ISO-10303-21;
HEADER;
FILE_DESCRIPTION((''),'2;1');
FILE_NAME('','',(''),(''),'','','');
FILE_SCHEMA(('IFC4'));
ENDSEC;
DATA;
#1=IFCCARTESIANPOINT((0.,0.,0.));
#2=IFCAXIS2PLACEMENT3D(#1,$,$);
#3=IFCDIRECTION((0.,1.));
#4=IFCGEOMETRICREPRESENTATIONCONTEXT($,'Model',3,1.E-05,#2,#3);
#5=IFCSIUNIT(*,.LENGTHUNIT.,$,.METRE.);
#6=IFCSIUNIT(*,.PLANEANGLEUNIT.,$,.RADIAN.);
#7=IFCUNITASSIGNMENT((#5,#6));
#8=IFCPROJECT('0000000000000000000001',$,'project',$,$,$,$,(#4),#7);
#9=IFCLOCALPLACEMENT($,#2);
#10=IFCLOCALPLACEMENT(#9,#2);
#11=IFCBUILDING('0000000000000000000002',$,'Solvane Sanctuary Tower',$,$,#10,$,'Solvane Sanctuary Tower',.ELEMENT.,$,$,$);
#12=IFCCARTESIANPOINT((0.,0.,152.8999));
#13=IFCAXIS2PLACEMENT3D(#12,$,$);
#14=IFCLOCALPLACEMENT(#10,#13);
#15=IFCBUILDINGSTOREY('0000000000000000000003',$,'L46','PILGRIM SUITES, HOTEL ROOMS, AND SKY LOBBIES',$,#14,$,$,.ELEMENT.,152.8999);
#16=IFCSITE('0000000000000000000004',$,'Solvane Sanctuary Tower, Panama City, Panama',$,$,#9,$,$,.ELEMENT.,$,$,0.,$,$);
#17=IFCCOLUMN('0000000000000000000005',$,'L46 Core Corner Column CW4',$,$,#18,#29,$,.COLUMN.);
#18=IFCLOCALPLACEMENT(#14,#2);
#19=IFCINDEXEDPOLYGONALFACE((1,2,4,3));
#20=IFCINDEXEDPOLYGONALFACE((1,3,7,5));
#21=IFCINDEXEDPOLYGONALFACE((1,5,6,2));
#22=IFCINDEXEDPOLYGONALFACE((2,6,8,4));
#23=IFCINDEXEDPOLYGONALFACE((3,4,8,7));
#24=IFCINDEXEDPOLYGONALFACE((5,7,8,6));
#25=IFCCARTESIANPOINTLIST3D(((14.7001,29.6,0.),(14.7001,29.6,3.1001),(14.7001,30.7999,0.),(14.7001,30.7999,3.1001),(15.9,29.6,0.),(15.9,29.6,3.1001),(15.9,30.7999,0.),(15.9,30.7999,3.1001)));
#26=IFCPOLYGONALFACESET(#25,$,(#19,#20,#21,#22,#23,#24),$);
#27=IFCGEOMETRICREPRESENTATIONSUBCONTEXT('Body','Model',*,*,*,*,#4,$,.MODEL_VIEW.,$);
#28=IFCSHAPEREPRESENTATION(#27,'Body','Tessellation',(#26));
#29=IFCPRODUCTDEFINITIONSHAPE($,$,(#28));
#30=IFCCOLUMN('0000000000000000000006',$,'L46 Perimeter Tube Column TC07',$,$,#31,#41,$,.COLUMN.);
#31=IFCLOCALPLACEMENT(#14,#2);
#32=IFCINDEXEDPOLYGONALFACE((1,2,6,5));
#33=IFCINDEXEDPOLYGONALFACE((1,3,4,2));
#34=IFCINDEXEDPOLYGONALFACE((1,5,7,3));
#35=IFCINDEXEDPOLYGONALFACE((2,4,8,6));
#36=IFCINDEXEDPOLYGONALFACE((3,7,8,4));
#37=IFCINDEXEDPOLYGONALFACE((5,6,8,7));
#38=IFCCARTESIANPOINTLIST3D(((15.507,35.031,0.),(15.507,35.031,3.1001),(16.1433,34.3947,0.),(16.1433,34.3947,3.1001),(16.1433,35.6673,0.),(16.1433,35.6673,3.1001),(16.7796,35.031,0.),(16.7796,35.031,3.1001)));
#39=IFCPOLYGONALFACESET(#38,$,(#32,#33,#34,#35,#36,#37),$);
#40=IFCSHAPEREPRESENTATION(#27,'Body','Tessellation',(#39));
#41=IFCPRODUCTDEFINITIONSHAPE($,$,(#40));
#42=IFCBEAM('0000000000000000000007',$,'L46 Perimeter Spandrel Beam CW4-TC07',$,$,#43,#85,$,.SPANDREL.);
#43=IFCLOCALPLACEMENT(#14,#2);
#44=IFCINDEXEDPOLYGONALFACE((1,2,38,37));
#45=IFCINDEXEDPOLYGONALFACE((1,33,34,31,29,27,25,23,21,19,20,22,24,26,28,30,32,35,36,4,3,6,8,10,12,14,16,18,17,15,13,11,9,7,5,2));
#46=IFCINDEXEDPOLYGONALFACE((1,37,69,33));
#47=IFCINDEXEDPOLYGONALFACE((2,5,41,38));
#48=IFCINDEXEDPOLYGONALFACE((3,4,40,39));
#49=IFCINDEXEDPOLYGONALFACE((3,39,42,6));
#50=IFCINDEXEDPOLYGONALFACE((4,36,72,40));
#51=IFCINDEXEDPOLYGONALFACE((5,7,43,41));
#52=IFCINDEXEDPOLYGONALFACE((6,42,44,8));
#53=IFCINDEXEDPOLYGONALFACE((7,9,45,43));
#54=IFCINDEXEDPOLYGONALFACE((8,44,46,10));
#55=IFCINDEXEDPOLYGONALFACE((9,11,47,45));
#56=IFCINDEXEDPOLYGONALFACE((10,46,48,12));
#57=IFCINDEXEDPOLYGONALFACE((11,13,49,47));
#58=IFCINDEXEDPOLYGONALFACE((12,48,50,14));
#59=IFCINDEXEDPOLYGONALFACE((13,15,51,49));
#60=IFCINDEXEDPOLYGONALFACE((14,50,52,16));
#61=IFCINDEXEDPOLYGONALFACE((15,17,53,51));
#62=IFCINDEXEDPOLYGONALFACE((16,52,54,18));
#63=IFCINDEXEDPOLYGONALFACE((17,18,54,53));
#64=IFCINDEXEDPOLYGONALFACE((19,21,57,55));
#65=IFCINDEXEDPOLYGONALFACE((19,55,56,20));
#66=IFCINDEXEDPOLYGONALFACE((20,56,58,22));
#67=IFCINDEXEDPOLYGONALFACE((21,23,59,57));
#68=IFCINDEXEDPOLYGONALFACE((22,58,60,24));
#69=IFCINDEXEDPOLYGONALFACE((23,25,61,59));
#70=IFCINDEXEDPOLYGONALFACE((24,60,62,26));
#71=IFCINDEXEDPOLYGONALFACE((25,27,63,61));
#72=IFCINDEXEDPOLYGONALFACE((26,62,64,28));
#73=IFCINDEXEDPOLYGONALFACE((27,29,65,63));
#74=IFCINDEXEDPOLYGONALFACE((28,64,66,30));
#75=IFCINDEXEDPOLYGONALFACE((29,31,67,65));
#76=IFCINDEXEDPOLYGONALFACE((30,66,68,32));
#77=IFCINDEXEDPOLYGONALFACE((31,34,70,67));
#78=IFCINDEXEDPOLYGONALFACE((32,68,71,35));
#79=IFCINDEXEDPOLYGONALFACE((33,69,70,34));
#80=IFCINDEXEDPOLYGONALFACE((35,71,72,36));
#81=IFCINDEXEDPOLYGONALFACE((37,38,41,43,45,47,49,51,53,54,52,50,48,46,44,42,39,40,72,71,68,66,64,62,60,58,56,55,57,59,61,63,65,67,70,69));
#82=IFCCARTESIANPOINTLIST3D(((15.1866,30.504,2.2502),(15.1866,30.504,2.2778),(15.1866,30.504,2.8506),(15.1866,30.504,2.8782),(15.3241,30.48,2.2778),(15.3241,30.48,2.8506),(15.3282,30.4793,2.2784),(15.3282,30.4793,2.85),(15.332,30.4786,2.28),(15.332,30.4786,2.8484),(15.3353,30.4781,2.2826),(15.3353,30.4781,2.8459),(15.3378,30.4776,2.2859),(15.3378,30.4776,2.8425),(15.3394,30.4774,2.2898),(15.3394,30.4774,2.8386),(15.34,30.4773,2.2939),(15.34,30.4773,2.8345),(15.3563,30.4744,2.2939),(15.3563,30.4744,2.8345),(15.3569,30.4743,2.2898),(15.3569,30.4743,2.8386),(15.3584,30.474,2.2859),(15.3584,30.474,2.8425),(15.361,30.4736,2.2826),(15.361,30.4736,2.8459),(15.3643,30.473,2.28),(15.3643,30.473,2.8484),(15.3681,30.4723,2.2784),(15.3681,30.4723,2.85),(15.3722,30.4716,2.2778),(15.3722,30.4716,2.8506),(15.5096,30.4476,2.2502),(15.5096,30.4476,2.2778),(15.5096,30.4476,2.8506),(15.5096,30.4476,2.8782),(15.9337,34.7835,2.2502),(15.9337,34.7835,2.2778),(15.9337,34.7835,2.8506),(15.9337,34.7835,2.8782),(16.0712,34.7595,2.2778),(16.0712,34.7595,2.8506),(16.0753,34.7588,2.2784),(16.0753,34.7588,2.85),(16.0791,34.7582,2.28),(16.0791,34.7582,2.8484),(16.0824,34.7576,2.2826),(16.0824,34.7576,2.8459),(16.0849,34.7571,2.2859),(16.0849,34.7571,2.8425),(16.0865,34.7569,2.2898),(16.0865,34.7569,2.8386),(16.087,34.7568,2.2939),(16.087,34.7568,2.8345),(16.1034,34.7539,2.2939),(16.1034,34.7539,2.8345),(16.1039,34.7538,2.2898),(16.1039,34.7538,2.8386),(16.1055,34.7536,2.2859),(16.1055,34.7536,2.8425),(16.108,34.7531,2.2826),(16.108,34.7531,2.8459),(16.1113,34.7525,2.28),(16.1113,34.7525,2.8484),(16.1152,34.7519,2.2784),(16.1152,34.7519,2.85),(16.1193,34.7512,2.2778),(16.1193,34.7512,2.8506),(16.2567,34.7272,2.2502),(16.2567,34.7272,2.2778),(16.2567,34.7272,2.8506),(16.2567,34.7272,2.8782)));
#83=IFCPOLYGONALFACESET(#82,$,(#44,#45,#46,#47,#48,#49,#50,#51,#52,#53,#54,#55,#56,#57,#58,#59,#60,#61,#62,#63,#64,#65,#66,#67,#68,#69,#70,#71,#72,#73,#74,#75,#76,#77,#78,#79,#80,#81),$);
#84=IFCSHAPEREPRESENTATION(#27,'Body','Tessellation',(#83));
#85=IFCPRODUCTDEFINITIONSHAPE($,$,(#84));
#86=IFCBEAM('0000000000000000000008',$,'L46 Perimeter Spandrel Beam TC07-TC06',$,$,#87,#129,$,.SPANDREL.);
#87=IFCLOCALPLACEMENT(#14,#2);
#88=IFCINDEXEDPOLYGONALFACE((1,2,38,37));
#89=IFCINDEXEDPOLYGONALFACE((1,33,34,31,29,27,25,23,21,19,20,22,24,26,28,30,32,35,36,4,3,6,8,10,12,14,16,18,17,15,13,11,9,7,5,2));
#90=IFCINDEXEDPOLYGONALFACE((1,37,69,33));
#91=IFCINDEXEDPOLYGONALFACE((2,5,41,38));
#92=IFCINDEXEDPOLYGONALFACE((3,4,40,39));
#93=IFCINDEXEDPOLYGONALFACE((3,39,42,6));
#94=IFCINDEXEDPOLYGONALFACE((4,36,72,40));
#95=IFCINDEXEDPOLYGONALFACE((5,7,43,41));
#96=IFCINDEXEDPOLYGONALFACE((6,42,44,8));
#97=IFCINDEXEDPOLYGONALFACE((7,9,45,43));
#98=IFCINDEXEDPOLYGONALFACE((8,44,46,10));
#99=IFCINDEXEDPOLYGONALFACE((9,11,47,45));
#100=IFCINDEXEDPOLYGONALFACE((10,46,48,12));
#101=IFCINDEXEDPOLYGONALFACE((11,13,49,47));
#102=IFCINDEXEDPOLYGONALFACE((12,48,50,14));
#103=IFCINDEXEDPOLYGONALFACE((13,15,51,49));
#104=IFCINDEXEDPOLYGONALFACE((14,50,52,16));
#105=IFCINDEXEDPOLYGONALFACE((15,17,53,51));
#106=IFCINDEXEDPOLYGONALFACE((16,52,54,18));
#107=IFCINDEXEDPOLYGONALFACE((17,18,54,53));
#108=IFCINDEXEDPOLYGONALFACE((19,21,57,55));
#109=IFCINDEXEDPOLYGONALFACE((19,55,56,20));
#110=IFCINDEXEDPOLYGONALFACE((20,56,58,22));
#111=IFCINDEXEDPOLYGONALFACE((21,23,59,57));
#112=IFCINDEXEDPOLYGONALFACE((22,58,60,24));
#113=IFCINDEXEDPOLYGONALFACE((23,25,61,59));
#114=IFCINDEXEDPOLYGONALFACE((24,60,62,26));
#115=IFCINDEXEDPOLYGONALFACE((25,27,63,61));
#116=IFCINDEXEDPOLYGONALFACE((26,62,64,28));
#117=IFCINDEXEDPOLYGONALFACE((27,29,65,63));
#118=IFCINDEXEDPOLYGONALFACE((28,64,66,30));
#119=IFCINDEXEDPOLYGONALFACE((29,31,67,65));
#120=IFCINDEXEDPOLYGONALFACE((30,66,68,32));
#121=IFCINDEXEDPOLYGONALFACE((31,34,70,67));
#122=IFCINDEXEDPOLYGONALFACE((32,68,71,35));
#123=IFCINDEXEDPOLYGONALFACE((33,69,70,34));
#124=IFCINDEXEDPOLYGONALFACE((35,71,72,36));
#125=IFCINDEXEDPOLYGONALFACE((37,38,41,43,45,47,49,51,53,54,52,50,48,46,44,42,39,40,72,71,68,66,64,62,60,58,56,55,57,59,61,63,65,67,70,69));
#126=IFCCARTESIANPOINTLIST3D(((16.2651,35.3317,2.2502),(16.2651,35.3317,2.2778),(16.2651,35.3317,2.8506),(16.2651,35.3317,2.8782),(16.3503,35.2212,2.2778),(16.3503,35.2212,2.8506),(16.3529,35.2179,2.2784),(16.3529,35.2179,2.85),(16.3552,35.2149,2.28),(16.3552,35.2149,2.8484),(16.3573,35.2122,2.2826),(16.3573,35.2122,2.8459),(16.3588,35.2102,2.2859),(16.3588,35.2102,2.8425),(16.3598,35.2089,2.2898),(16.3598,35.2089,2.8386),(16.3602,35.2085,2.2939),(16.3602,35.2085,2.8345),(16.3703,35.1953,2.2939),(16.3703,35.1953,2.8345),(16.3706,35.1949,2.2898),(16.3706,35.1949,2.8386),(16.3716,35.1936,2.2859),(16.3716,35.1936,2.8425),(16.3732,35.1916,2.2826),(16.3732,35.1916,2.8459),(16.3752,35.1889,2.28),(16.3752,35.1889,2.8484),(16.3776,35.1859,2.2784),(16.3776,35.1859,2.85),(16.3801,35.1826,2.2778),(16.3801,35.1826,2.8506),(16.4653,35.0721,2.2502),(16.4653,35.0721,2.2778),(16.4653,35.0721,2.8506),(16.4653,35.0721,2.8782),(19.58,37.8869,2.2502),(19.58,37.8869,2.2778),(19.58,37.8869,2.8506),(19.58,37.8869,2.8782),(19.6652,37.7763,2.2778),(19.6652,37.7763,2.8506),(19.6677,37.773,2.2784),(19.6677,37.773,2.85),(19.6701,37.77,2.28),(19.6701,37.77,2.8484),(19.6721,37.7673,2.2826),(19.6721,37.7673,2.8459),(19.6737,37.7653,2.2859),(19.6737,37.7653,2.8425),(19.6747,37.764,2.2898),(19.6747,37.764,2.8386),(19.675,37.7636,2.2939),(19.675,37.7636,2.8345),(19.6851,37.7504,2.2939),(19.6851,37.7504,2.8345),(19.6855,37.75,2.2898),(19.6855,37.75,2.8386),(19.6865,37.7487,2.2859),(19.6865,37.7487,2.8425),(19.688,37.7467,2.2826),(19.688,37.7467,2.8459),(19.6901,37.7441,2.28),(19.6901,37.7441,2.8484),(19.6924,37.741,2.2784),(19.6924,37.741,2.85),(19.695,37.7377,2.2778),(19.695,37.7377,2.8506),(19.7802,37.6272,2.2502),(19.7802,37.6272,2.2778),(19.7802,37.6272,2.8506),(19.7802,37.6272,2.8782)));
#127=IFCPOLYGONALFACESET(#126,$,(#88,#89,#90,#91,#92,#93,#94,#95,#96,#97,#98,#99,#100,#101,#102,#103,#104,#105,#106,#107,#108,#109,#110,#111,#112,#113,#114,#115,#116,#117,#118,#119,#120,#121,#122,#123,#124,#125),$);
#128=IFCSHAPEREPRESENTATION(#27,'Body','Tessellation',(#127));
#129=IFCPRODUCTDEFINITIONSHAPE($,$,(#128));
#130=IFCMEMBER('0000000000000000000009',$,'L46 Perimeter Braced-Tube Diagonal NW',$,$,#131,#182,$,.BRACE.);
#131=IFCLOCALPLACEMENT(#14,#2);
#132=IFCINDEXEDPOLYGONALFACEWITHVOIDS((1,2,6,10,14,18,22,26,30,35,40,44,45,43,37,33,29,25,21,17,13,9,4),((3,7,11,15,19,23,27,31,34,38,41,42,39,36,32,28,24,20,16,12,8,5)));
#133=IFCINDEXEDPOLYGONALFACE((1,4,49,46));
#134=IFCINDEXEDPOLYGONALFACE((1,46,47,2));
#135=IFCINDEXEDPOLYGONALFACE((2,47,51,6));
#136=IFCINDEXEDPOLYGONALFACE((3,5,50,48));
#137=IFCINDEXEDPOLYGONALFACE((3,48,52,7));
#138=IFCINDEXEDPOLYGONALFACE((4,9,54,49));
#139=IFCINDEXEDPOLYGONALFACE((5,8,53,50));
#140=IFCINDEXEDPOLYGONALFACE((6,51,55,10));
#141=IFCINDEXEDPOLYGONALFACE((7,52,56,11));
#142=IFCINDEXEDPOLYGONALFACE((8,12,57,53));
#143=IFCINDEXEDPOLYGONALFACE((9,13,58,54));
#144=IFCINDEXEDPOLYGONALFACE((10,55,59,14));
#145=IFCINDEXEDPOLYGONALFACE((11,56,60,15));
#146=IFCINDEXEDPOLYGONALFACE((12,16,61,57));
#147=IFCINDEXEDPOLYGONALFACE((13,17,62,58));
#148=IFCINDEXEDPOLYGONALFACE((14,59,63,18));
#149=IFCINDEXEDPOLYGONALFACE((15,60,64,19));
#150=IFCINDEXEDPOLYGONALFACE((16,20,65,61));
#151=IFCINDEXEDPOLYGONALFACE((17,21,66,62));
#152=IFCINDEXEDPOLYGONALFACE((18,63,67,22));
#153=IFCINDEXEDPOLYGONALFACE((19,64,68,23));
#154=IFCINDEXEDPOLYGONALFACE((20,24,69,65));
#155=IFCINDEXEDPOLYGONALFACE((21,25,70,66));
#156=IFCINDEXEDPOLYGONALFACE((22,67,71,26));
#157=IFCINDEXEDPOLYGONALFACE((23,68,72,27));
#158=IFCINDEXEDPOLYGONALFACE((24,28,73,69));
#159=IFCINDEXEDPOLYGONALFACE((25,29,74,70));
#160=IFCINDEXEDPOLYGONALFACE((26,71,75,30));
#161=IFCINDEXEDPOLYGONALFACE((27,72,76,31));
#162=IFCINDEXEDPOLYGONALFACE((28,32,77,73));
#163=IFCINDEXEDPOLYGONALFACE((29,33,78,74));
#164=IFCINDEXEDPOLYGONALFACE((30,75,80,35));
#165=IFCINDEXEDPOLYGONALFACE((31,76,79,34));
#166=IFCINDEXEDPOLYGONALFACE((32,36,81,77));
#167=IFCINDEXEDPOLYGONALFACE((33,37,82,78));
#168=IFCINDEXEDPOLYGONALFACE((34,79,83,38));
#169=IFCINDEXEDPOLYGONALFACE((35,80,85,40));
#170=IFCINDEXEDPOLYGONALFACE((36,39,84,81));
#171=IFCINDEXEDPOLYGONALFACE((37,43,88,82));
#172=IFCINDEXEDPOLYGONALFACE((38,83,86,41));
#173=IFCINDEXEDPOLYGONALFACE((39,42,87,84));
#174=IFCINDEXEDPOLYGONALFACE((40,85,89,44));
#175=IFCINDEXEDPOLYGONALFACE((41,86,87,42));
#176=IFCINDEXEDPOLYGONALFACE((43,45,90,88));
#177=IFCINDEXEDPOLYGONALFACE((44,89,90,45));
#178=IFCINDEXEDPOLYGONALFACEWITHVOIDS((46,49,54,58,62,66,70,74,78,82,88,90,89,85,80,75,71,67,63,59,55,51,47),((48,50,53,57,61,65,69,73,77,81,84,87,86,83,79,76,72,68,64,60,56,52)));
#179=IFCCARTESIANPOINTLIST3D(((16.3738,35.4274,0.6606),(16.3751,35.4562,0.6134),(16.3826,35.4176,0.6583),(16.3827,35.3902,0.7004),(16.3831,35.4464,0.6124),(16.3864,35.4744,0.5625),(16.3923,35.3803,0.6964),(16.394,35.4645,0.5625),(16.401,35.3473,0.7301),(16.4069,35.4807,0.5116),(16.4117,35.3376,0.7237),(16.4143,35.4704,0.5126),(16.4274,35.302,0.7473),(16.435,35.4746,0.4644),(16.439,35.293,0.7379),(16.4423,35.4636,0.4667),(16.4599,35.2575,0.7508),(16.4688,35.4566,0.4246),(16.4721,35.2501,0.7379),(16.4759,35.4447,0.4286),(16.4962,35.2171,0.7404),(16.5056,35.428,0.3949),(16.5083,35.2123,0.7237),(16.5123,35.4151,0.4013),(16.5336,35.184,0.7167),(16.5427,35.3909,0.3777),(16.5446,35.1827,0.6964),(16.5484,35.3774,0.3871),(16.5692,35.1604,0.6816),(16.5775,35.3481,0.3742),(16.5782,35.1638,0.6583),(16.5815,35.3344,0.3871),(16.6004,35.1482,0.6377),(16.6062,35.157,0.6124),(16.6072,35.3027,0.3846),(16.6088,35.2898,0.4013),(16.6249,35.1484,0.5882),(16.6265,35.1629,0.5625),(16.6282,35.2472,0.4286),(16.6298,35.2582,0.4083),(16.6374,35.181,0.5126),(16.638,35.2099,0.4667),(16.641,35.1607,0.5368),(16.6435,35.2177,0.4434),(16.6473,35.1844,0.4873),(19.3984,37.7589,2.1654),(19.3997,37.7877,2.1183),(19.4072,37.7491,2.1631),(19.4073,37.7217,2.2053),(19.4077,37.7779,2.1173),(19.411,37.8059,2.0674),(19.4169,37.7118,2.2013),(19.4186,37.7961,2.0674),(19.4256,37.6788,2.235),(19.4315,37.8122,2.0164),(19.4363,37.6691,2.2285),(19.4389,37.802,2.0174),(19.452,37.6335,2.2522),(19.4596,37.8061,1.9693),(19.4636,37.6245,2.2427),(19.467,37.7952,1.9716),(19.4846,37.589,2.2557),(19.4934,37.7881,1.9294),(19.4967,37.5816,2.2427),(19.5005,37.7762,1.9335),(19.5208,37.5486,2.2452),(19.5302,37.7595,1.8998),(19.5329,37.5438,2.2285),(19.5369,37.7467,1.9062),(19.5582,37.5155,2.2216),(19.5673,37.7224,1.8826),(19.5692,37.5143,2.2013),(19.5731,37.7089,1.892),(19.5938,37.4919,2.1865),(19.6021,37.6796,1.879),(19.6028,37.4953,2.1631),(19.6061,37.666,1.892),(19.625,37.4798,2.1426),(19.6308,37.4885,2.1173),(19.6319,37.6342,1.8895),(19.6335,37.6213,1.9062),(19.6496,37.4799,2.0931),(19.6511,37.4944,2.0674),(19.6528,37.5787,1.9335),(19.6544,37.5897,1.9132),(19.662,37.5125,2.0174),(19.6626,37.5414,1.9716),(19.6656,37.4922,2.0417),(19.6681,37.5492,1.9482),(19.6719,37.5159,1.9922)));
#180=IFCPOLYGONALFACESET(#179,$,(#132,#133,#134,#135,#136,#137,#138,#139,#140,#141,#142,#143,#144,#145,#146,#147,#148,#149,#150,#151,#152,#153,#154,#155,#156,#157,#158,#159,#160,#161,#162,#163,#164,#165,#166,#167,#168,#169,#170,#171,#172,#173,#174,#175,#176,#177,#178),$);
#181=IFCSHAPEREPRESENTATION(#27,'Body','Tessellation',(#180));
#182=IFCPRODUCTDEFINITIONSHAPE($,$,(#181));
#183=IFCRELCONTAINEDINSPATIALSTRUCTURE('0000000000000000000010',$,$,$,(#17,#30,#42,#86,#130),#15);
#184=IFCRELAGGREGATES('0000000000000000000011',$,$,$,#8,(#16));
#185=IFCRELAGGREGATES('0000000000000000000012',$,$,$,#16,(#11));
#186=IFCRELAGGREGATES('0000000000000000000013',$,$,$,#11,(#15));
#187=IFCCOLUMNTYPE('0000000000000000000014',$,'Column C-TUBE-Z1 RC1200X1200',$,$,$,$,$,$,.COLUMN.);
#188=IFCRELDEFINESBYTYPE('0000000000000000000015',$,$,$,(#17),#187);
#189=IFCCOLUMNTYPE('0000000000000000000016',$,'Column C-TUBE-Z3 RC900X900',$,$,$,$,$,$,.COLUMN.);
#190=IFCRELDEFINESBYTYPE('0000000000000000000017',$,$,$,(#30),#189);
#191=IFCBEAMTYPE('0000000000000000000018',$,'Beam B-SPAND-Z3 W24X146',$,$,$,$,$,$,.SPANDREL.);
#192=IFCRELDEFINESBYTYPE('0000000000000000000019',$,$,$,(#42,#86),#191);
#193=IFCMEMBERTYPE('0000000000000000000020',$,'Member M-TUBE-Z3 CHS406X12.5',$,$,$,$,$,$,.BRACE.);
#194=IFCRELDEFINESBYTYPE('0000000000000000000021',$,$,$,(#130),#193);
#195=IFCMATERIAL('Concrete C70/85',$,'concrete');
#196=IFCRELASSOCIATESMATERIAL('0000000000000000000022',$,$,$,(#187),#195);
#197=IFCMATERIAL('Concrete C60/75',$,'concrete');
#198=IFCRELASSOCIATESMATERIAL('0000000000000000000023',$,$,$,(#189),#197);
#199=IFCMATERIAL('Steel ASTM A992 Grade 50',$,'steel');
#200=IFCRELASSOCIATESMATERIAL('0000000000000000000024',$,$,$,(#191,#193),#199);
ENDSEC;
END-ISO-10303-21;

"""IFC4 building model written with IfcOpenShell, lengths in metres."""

from ifc_helpers import new_model, si_unit, direction, frame, origin, origin_2d, place, context, subcontext, project, spatial, rectangle, hollow_circle, i_section, extrude, material, material_profile, profile_set, type_object, element, save


model = new_model("IFC4")

# Units and contexts
model_context = context("Model", 3, precision=1e-05, world=origin(), true_north=direction((0.0, 1.0)))
body_context = subcontext(model_context, "Body", "Model", "MODEL_VIEW")
ifc_project = project(units=[si_unit("LENGTHUNIT", "METRE"), si_unit("PLANEANGLEUNIT", "RADIAN")], contexts=[model_context])

# Site, building, storey
site_placement = place(None, origin())
site = spatial("IfcSite", under=ifc_project, at=site_placement, Name="Solvane Sanctuary Tower, Panama City, Panama", CompositionType="ELEMENT", RefElevation=0.0)
building_placement = place(site_placement, origin())
building = spatial("IfcBuilding", under=site, at=building_placement, Name="Solvane Sanctuary Tower", LongName="Solvane Sanctuary Tower", CompositionType="ELEMENT")
storey_placement = place(building_placement, frame((0.0, 0.0, 152.8999)))
storey = spatial("IfcBuildingStorey", under=building, at=storey_placement, Name="L46", Description="PILGRIM SUITES, HOTEL ROOMS, AND SKY LOBBIES", CompositionType="ELEMENT", Elevation=152.8999)

# Columns
ifc_material_1 = material(Name="Concrete C70/85", Category="concrete")
ifc_material_profile_1 = material_profile(ifc_material_1, rectangle(XDim=1.2, YDim=1.2, at=origin_2d()), Name="RC1200X1200")
ifc_profile_set_1 = profile_set([ifc_material_profile_1], Name="Concrete C70/85")
column_type_1 = type_object("IfcColumnType", Name="Column C-TUBE-Z1 RC1200X1200", PredefinedType="COLUMN", material=ifc_profile_set_1)
column_1_placement = place(storey_placement, frame((15.3, 30.2, 0.0), z_axis=(0.0, 0.0, 1.0), x_axis=(1.0, 0.0, 0.0)))
element("IfcColumn", 1, at=column_1_placement, inside=storey, type_object=column_type_1, Name="L46 Core Corner Column CW4", PredefinedType="COLUMN", context=body_context, shape_type="SweptSolid", body=[
    extrude(rectangle(XDim=1.2, YDim=1.2, at=origin_2d()), origin(), (0.0, 0.0, 1.0), 3.1001),
])
ifc_material_2 = material(Name="Concrete C60/75", Category="concrete")
ifc_material_profile_2 = material_profile(ifc_material_2, rectangle(XDim=0.8999, YDim=0.8999, at=origin_2d()), Name="RC900X900")
ifc_profile_set_2 = profile_set([ifc_material_profile_2], Name="Concrete C60/75")
column_type_2 = type_object("IfcColumnType", Name="Column C-TUBE-Z3 RC900X900", PredefinedType="COLUMN", material=ifc_profile_set_2)
column_2_placement = place(storey_placement, frame((16.1433, 35.031, 0.0), z_axis=(0.0, 0.0, 1.0), x_axis=(-0.707107, 0.707107, 0.0)))
element("IfcColumn", 2, at=column_2_placement, inside=storey, type_object=column_type_2, Name="L46 Perimeter Tube Column TC07", PredefinedType="COLUMN", context=body_context, shape_type="SweptSolid", body=[
    extrude(rectangle(XDim=0.8999, YDim=0.8999, at=origin_2d()), origin(), (0.0, 0.0, 1.0), 3.1001),
])

# Beams
ifc_material_3 = material(Name="Steel ASTM A992 Grade 50", Category="steel")
ifc_material_profile_3 = material_profile(ifc_material_3, i_section(OverallWidth=0.3279, OverallDepth=0.6279, WebThickness=0.0166, FlangeThickness=0.0276, FilletRadius=0.0161, at=origin_2d()), Name="W24X146")
ifc_profile_set_3 = profile_set([ifc_material_profile_3], Name="Steel ASTM A992 Grade 50")
beam_type = type_object("IfcBeamType", Name="Beam B-SPAND-Z3 W24X146", PredefinedType="SPANDREL", material=ifc_profile_set_3)
beam_1_placement = place(storey_placement, frame((15.3481, 30.4758, 2.5642), z_axis=(0.171967, 0.985103, 0.0), x_axis=(-0.985103, 0.171967, 0.0)))
element("IfcBeam", 3, at=beam_1_placement, inside=storey, type_object=beam_type, Name="L46 Perimeter Spandrel Beam CW4-TC07", PredefinedType="SPANDREL", context=body_context, shape_type="SweptSolid", body=[
    extrude(i_section(OverallWidth=0.3279, OverallDepth=0.6279, WebThickness=0.0166, FlangeThickness=0.0276, FilletRadius=0.0161, at=origin_2d()), origin(), (0.0, 0.0, 1.0), 4.3442),
])
beam_2_placement = place(storey_placement, frame((16.3652, 35.2019, 2.5642), z_axis=(0.792021, 0.610494, 0.0), x_axis=(-0.610494, 0.792021, 0.0)))
element("IfcBeam", 4, at=beam_2_placement, inside=storey, type_object=beam_type, Name="L46 Perimeter Spandrel Beam TC07-TC06", PredefinedType="SPANDREL", context=body_context, shape_type="SweptSolid", body=[
    extrude(i_section(OverallWidth=0.3279, OverallDepth=0.6279, WebThickness=0.0166, FlangeThickness=0.0276, FilletRadius=0.0161, at=origin_2d()), origin(), (0.0, 0.0, 1.0), 4.1853),
])

# Member
ifc_material_profile_4 = material_profile(ifc_material_3, hollow_circle(Radius=0.2029, WallThickness=0.0125, at=origin_2d()), Name="CHS406X12.5")
ifc_profile_set_4 = profile_set([ifc_material_profile_4], Name="Steel ASTM A992 Grade 50")
member_type = type_object("IfcMemberType", Name="Member M-TUBE-Z3 CHS406X12.5", PredefinedType="BRACE", material=ifc_profile_set_4)
member_placement = place(storey_placement, frame((16.5103, 35.3137, 0.5625), z_axis=(0.73686, 0.568005, 0.366616), x_axis=(-0.610514, 0.792006, 0.0)))
element("IfcMember", 5, at=member_placement, inside=storey, type_object=member_type, Name="L46 Perimeter Braced-Tube Diagonal NW", PredefinedType="BRACE", context=body_context, shape_type="SweptSolid", body=[
    extrude(hollow_circle(Radius=0.2029, WallThickness=0.0125, at=origin_2d()), origin(), (0.0, 0.0, 1.0), 4.1047),
])

save(model, "model.ifc")
